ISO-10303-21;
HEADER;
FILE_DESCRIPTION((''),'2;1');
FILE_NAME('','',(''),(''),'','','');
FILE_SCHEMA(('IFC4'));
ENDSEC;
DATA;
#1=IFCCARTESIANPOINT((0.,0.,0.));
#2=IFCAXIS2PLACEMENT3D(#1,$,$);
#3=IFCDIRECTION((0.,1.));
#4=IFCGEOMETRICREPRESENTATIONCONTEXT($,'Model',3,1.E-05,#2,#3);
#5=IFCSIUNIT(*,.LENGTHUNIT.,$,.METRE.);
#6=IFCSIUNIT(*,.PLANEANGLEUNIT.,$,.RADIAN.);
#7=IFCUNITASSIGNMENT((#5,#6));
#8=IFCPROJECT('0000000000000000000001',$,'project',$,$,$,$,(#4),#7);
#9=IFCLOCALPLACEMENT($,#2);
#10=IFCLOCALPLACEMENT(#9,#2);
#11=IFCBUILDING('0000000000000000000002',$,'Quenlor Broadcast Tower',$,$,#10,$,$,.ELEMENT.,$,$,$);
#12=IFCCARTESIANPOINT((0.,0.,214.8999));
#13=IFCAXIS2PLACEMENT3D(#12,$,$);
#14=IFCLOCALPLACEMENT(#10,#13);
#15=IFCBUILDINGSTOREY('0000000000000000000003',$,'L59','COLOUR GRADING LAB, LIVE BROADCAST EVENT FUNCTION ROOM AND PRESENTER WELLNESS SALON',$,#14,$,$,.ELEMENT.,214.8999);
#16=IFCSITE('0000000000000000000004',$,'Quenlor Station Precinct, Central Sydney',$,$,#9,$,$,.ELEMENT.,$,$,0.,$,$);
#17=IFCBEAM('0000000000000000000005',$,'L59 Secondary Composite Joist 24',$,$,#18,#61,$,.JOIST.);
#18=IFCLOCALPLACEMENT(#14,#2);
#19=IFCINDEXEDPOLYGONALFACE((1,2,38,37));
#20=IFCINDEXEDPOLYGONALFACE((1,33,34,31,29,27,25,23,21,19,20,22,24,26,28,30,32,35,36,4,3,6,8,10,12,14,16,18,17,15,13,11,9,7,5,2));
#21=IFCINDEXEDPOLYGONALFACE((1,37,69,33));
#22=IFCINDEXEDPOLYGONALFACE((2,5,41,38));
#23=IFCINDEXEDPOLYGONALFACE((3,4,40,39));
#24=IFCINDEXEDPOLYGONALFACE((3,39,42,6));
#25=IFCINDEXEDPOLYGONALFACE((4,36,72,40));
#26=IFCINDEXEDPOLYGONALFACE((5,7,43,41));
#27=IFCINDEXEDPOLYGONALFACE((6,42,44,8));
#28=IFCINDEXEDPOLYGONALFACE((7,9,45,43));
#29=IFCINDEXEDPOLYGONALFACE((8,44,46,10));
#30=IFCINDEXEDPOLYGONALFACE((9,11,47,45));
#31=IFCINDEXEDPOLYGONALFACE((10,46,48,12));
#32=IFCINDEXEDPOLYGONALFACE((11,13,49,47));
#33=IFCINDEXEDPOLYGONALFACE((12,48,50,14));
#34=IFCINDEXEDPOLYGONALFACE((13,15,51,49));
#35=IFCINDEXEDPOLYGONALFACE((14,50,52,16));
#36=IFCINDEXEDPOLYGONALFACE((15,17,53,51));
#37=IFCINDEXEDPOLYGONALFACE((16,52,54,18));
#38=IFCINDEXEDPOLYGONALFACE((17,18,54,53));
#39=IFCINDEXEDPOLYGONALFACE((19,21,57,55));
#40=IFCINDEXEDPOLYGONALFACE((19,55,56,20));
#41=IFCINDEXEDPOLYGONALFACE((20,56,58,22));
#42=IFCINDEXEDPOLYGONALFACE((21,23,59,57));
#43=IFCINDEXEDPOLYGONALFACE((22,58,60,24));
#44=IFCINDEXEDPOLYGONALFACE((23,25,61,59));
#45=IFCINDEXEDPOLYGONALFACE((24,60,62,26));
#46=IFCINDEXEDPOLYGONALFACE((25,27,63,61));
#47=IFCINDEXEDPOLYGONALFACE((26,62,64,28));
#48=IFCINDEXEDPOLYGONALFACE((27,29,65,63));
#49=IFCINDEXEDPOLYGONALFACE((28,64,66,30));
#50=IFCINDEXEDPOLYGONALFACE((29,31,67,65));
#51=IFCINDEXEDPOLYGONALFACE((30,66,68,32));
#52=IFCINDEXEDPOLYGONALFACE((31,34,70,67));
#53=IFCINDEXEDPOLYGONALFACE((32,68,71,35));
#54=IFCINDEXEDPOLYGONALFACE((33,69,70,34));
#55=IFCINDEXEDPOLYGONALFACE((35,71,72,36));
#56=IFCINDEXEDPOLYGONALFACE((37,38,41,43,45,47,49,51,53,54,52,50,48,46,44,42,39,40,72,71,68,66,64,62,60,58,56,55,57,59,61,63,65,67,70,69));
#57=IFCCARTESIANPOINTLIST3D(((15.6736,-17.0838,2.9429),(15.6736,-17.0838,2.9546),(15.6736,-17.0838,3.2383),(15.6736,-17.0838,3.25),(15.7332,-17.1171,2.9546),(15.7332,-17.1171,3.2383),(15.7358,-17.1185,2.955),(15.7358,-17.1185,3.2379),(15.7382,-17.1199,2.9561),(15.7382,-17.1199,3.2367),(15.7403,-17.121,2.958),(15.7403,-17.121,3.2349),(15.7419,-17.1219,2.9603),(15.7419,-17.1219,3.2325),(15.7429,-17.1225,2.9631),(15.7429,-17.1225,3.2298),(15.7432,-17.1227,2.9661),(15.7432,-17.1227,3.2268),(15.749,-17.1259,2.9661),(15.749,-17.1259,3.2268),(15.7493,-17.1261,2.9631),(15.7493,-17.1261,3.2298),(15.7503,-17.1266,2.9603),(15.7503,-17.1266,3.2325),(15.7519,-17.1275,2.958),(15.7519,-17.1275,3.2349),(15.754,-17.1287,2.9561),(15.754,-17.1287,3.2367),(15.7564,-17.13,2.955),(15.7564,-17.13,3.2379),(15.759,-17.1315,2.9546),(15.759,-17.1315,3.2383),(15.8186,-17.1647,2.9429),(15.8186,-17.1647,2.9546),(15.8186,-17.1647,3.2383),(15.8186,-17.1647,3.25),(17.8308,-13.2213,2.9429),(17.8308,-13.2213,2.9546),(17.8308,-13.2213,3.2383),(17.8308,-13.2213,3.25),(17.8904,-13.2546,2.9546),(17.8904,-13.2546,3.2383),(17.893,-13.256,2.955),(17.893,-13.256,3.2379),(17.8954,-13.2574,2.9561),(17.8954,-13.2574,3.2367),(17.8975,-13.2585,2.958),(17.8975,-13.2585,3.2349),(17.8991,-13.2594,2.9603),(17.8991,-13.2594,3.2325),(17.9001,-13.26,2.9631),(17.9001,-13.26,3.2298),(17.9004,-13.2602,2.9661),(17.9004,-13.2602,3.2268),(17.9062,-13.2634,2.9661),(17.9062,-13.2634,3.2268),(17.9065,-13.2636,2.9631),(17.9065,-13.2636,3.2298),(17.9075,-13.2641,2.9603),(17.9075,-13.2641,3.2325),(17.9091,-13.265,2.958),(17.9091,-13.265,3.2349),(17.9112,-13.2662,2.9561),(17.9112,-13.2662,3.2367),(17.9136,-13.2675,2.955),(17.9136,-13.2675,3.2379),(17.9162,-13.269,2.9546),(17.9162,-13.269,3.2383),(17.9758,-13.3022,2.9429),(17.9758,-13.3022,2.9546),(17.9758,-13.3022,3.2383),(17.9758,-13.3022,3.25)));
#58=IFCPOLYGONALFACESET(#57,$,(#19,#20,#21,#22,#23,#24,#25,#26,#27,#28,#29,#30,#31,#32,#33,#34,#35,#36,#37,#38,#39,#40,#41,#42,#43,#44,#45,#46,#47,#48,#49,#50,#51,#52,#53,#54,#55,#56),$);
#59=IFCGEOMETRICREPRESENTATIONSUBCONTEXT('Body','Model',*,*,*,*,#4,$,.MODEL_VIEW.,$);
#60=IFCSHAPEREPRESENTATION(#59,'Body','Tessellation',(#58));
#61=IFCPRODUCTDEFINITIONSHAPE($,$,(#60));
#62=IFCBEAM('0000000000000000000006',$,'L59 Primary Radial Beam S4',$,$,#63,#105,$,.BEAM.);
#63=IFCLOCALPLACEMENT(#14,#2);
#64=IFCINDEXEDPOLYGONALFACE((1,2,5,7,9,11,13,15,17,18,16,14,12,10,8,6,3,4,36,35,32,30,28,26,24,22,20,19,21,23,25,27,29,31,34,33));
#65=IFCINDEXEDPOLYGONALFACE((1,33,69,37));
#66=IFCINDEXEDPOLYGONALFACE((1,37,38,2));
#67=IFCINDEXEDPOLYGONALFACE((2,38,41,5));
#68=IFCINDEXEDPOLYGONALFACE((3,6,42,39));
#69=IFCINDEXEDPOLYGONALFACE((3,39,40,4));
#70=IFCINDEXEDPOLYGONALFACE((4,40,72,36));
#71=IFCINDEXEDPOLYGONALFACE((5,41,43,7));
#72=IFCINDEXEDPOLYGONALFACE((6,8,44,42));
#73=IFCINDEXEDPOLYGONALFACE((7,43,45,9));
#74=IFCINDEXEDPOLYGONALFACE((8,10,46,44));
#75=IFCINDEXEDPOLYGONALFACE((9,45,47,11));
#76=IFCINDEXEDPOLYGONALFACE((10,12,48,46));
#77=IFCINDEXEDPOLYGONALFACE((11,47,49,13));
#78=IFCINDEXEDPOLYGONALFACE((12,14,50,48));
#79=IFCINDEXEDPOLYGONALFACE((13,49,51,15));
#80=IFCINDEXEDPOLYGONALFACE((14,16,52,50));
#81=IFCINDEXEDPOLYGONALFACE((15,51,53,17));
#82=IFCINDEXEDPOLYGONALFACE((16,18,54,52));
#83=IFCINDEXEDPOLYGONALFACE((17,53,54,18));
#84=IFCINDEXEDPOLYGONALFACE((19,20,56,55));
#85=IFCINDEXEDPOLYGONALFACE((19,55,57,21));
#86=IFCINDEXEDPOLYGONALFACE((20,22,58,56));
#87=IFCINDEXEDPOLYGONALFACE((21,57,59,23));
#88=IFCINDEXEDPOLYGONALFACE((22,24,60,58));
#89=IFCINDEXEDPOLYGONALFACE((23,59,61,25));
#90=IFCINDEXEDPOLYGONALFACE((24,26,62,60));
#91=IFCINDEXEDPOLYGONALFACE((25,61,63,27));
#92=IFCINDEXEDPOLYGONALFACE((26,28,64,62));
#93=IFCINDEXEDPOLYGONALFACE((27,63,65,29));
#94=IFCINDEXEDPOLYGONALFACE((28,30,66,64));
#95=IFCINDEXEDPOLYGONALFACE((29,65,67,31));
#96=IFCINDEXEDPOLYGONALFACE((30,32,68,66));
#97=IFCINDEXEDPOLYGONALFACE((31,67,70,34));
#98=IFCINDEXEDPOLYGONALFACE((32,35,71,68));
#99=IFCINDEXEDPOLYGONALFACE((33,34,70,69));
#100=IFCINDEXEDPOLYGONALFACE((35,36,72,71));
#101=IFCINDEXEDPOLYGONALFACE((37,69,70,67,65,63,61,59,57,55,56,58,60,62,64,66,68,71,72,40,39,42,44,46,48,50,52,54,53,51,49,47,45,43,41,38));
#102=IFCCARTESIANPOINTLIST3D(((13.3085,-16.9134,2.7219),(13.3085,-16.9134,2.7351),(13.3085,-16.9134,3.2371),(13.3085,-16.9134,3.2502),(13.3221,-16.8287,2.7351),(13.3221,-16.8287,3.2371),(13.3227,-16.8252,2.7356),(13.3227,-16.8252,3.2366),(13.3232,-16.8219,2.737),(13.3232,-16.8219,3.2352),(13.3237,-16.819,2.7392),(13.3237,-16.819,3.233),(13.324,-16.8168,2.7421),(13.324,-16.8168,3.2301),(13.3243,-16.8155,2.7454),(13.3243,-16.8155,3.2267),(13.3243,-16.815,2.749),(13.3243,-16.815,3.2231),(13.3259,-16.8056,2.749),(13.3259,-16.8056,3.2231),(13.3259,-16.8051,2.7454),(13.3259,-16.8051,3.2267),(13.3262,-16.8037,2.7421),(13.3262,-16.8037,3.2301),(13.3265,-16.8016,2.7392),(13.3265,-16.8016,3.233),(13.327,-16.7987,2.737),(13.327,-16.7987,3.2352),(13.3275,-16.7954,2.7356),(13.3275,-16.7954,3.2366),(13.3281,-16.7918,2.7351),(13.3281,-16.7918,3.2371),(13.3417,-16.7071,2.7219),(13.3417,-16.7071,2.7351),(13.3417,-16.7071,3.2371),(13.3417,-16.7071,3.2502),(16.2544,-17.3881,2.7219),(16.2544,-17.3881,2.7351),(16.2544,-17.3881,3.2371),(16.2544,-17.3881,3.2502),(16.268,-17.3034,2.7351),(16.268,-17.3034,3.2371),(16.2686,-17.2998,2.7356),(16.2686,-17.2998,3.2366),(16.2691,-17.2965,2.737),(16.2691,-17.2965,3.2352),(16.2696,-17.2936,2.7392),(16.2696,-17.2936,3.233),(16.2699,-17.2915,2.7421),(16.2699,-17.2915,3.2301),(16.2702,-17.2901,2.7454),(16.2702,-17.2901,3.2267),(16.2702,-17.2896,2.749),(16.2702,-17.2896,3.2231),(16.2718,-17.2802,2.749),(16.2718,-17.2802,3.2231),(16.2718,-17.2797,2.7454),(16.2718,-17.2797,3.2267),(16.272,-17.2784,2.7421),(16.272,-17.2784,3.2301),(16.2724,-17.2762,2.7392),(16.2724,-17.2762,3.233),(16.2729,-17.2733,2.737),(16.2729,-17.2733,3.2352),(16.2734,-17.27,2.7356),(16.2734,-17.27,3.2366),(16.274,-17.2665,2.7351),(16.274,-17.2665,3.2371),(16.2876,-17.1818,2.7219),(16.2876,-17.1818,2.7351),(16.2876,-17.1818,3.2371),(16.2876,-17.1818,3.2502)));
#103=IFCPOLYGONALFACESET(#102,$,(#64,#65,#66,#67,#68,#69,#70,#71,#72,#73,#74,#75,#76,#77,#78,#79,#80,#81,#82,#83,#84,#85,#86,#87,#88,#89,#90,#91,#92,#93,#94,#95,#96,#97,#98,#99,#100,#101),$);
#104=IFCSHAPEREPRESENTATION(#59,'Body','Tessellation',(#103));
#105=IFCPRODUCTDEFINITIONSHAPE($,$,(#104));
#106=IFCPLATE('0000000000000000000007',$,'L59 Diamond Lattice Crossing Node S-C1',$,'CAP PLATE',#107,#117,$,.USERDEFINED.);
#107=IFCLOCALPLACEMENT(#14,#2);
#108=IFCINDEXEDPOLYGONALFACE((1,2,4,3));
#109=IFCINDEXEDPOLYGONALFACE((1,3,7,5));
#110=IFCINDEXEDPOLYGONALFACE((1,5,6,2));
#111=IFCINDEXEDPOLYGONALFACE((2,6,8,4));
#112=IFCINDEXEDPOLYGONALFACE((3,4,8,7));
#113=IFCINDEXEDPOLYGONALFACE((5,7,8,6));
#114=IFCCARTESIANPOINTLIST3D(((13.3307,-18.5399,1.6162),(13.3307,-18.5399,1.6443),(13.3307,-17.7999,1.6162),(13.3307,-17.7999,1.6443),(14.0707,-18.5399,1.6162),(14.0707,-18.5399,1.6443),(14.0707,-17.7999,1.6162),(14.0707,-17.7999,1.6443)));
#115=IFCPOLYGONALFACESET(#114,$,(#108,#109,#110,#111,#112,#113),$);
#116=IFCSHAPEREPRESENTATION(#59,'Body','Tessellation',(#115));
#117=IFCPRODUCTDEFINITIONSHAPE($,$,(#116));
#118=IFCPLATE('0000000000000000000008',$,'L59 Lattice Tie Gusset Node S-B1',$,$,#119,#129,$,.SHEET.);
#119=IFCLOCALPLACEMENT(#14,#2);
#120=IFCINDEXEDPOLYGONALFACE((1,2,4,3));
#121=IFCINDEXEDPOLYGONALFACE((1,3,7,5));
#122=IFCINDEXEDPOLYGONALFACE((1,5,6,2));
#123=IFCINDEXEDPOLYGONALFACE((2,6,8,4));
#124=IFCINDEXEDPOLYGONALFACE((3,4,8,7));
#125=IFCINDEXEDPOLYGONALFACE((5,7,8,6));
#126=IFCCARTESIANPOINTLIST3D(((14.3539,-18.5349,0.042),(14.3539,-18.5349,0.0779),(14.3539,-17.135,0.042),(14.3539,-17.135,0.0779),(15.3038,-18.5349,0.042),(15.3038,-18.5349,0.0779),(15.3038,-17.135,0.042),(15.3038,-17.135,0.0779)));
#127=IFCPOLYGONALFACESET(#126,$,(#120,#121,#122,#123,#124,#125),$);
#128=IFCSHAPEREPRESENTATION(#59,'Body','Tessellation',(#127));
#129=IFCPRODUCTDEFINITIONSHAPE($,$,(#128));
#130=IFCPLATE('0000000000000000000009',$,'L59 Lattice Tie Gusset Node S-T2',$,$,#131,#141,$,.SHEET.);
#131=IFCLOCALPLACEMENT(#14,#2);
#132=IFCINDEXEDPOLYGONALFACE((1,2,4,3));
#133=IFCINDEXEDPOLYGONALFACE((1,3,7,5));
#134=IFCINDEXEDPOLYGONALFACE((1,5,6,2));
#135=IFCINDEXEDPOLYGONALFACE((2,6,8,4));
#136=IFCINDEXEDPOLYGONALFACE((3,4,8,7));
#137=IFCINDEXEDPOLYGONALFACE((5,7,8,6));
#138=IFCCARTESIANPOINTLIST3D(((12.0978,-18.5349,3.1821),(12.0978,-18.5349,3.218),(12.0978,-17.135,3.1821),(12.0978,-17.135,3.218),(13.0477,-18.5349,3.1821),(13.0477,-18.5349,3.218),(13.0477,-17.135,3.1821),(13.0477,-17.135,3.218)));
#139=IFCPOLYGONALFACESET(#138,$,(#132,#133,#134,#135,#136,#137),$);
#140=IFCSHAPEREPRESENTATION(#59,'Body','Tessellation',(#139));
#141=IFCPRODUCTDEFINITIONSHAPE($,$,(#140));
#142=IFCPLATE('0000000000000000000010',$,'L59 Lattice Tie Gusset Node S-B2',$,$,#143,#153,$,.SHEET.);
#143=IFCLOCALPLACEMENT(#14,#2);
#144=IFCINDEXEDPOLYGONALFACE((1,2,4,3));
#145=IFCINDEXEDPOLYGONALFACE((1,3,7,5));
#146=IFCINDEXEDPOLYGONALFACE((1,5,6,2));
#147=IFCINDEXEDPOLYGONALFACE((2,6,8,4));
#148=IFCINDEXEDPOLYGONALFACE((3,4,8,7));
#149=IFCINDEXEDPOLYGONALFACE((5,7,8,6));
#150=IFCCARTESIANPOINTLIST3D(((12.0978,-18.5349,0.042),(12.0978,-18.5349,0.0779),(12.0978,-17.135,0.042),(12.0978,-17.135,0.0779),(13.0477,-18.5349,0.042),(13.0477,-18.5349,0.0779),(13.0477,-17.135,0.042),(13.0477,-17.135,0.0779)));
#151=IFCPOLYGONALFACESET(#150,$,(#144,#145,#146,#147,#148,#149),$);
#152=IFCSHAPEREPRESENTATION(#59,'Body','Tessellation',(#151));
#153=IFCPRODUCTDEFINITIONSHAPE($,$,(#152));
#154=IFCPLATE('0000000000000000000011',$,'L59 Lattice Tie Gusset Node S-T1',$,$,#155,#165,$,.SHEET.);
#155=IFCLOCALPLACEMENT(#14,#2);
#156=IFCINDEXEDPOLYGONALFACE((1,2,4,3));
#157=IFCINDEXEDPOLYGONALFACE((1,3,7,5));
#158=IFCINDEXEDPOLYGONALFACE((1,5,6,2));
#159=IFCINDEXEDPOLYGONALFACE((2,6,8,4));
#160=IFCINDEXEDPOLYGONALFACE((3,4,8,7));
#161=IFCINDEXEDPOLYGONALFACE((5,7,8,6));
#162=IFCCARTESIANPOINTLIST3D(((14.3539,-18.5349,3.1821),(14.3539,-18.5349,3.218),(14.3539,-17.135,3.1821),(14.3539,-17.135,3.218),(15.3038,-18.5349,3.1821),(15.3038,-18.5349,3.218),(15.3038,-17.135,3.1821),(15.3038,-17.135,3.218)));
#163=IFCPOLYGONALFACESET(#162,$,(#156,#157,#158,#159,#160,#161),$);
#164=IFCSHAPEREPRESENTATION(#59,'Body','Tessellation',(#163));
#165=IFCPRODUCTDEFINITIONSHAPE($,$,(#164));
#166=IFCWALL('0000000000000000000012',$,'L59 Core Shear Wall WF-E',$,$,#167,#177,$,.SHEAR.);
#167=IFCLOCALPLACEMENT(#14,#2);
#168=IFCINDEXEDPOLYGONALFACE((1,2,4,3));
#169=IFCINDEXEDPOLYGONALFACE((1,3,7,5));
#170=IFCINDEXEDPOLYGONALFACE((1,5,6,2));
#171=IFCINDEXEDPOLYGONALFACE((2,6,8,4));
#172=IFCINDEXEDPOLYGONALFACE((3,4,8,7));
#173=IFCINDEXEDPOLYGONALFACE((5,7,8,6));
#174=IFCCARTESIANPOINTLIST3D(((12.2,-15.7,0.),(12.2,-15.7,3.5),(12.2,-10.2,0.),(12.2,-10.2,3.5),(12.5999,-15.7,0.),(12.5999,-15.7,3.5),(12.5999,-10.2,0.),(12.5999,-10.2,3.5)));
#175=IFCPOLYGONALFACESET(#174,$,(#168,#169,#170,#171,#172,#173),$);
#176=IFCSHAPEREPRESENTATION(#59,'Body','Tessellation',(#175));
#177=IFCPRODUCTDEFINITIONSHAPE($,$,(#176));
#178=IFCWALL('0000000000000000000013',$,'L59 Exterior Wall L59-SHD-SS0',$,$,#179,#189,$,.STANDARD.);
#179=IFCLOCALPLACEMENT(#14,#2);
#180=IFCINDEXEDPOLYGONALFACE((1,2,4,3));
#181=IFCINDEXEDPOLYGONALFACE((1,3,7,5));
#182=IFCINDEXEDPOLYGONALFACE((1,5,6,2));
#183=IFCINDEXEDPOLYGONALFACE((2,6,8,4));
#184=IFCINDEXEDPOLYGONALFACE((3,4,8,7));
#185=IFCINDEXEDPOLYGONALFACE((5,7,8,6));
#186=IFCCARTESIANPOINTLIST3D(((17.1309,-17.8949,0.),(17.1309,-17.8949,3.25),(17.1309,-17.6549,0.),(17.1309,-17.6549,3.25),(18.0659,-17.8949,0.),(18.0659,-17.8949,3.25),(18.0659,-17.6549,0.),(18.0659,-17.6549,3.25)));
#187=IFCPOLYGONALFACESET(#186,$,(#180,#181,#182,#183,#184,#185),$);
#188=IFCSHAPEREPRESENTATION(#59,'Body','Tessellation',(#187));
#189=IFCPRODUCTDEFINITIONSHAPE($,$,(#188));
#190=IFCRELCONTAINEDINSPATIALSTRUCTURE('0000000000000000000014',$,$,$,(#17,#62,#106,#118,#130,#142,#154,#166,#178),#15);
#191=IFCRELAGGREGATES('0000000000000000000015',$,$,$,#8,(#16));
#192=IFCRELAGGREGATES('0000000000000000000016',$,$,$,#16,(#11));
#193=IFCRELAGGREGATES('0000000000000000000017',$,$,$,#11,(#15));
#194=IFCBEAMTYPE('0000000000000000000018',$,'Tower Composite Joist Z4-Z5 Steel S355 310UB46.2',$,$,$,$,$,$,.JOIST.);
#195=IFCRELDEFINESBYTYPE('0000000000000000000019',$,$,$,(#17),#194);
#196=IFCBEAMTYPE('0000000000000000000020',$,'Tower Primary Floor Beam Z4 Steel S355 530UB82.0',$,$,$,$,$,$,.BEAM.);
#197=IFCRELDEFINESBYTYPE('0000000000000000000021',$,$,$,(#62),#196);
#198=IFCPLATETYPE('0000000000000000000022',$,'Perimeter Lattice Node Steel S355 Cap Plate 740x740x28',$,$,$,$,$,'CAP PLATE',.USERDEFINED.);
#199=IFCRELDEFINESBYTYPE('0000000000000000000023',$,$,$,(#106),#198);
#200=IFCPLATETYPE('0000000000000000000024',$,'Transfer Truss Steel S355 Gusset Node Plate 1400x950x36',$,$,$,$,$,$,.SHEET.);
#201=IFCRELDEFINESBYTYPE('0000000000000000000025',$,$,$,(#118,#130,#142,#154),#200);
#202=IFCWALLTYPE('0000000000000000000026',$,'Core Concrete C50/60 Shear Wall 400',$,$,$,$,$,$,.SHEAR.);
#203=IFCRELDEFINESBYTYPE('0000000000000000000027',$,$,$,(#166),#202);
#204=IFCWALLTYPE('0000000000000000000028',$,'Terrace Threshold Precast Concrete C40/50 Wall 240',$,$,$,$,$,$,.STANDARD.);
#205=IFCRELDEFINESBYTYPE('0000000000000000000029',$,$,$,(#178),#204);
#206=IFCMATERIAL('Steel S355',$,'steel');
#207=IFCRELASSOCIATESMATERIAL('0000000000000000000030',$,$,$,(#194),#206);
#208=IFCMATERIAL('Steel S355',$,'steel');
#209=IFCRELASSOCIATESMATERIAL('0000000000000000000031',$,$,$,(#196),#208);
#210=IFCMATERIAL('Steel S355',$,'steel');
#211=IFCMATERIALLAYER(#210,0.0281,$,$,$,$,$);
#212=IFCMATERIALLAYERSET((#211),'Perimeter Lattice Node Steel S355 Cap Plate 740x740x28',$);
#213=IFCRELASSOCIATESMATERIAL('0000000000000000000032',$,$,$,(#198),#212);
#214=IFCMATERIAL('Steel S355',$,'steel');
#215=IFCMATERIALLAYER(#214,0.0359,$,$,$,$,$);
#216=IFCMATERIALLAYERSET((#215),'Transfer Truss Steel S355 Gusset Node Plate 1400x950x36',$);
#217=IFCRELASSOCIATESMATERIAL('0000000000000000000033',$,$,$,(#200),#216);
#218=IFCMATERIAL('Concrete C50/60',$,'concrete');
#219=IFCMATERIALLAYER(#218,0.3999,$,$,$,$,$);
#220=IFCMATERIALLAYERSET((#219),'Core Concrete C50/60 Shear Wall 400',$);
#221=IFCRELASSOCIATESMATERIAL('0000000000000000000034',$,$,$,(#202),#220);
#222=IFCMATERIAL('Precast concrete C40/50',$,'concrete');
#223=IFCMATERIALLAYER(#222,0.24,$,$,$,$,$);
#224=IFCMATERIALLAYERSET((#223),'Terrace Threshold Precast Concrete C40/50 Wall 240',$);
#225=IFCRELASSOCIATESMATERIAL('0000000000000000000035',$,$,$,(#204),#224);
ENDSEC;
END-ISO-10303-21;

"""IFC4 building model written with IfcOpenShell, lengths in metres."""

from ifc_helpers import new_model, si_unit, direction, frame, frame_2d, origin, origin_2d, place, context, subcontext, project, spatial, rectangle, i_section, extrude, material, layer, layer_set, material_profile, profile_set, type_object, element, save


model = new_model("IFC4")

# Units and contexts
model_context = context("Model", 3, precision=1e-05, world=origin(), true_north=direction((0.0, 1.0)))
body_context = subcontext(model_context, "Body", "Model", "MODEL_VIEW")
ifc_project = project(units=[si_unit("LENGTHUNIT", "METRE"), si_unit("PLANEANGLEUNIT", "RADIAN")], contexts=[model_context])

# Site, building, storey
site_placement = place(None, origin())
site = spatial("IfcSite", under=ifc_project, at=site_placement, Name="Quenlor Station Precinct, Central Sydney", CompositionType="ELEMENT", RefElevation=0.0)
building_placement = place(site_placement, origin())
building = spatial("IfcBuilding", under=site, at=building_placement, Name="Quenlor Broadcast Tower", CompositionType="ELEMENT")
storey_placement = place(building_placement, frame((0.0, 0.0, 214.8999)))
storey = spatial("IfcBuildingStorey", under=building, at=storey_placement, Name="L59", Description="COLOUR GRADING LAB, LIVE BROADCAST EVENT FUNCTION ROOM AND PRESENTER WELLNESS SALON", CompositionType="ELEMENT", Elevation=214.8999)

# Beams
ifc_material_1 = material(Name="Steel S355", Category="steel")
ifc_material_profile_1 = material_profile(ifc_material_1, i_section(OverallWidth=0.166, OverallDepth=0.3071, WebThickness=0.0066, FlangeThickness=0.0117, FilletRadius=0.0115, at=origin_2d()))
ifc_profile_set_1 = profile_set([ifc_material_profile_1], Name="Steel S355 310UB46.2")
beam_type_1 = type_object("IfcBeamType", Name="Tower Composite Joist Z4-Z5 Steel S355 310UB46.2", PredefinedType="JOIST", material=ifc_profile_set_1)
beam_1_placement = place(storey_placement, frame((15.7461, -17.1243, 3.0964), z_axis=(0.487605, 0.873064, 0.0), x_axis=(-0.873064, 0.487605, 0.0)))
element("IfcBeam", 1, at=beam_1_placement, inside=storey, type_object=beam_type_1, Name="L59 Secondary Composite Joist 24", PredefinedType="JOIST", context=body_context, shape_type="SweptSolid", body=[
    extrude(i_section(OverallWidth=0.166, OverallDepth=0.3071, WebThickness=0.0066, FlangeThickness=0.0117, FilletRadius=0.0115, at=origin_2d()), origin(), (0.0, 0.0, 1.0), 4.4241),
])
ifc_material_2 = material(Name="Steel S355", Category="steel")
ifc_material_profile_2 = material_profile(ifc_material_2, i_section(OverallWidth=0.209, OverallDepth=0.5283, WebThickness=0.0095, FlangeThickness=0.0132, FilletRadius=0.0139, at=origin_2d()))
ifc_profile_set_2 = profile_set([ifc_material_profile_2], Name="Steel S355 530UB82.0")
beam_type_2 = type_object("IfcBeamType", Name="Tower Primary Floor Beam Z4 Steel S355 530UB82.0", PredefinedType="BEAM", material=ifc_profile_set_2)
beam_2_placement = place(storey_placement, frame((16.271, -17.2849, 2.9861), z_axis=(-0.987268, 0.159063, 0.0), x_axis=(-0.159063, -0.987268, 0.0)))
element("IfcBeam", 2, at=beam_2_placement, inside=storey, type_object=beam_type_2, Name="L59 Primary Radial Beam S4", PredefinedType="BEAM", context=body_context, shape_type="SweptSolid", body=[
    extrude(i_section(OverallWidth=0.209, OverallDepth=0.5283, WebThickness=0.0095, FlangeThickness=0.0132, FilletRadius=0.0139, at=origin_2d()), origin(), (0.0, 0.0, 1.0), 2.9839),
])

# Plates
ifc_material_3 = material(Name="Steel S355", Category="steel")
ifc_layer_1 = layer(ifc_material_3, 0.0281)
ifc_layer_set_1 = layer_set([ifc_layer_1], Name="Perimeter Lattice Node Steel S355 Cap Plate 740x740x28")
plate_type_1 = type_object("IfcPlateType", Name="Perimeter Lattice Node Steel S355 Cap Plate 740x740x28", ElementType="CAP PLATE", PredefinedType="USERDEFINED", material=ifc_layer_set_1)
plate_placement = place(storey_placement, frame((13.7007, -18.1699, 1.6162), z_axis=(0.0, 0.0, 1.0), x_axis=(-1.0, 0.0, 0.0)))
element("IfcPlate", 3, at=plate_placement, inside=storey, type_object=plate_type_1, Name="L59 Diamond Lattice Crossing Node S-C1", ObjectType="CAP PLATE", PredefinedType="USERDEFINED", context=body_context, shape_type="SweptSolid", body=[
    extrude(rectangle(XDim=0.74, YDim=0.74, at=origin_2d()), origin(), (0.0, 0.0, 1.0), 0.0281),
])
ifc_material_4 = material(Name="Steel S355", Category="steel")
ifc_layer_2 = layer(ifc_material_4, 0.0359)
ifc_layer_set_2 = layer_set([ifc_layer_2], Name="Transfer Truss Steel S355 Gusset Node Plate 1400x950x36")
plate_type_2 = type_object("IfcPlateType", Name="Transfer Truss Steel S355 Gusset Node Plate 1400x950x36", PredefinedType="SHEET", material=ifc_layer_set_2)
for number, where, z_axis, x_axis, name in (
    (4, (14.8289, -17.835, 0.042), (0.0, 0.0, 1.0), (0.0, -1.0, 0.0), "L59 Lattice Tie Gusset Node S-B1"),
    (5, (12.5728, -17.835, 3.1821), (0.0, 0.0, 1.0), (0.0, -1.0, 0.0), "L59 Lattice Tie Gusset Node S-T2"),
    (6, (12.5728, -17.835, 0.042), (0.0, 0.0, 1.0), (0.0, -1.0, 0.0), "L59 Lattice Tie Gusset Node S-B2"),
    (7, (14.8289, -17.835, 3.1821), (0.0, 0.0, 1.0), (0.0, -1.0, 0.0), "L59 Lattice Tie Gusset Node S-T1"),
):
    element("IfcPlate", number, at=place(storey_placement, frame(where, z_axis=z_axis, x_axis=x_axis)), inside=storey, type_object=plate_type_2, Name=name, PredefinedType="SHEET", context=body_context, shape_type="SweptSolid", body=[
        extrude(rectangle(XDim=1.3999, YDim=0.95, at=origin_2d()), origin(), (0.0, 0.0, 1.0), 0.0359),
    ])

# Walls
ifc_material_5 = material(Name="Concrete C50/60", Category="concrete")
ifc_layer_3 = layer(ifc_material_5, 0.3999)
ifc_layer_set_3 = layer_set([ifc_layer_3], Name="Core Concrete C50/60 Shear Wall 400")
wall_type_1 = type_object("IfcWallType", Name="Core Concrete C50/60 Shear Wall 400", PredefinedType="SHEAR", material=ifc_layer_set_3)
wall_1_placement = place(storey_placement, frame((12.3999, -15.7, 0.0), z_axis=(0.0, 0.0, 1.0), x_axis=(0.0, 1.0, 0.0)))
element("IfcWall", 8, at=wall_1_placement, inside=storey, type_object=wall_type_1, Name="L59 Core Shear Wall WF-E", PredefinedType="SHEAR", context=body_context, shape_type="SweptSolid", body=[
    extrude(rectangle(XDim=5.5, YDim=0.3999, at=frame_2d((2.75, 0.0))), origin(), (0.0, 0.0, 1.0), 3.5),
])
ifc_material_6 = material(Name="Precast concrete C40/50", Category="concrete")
ifc_layer_4 = layer(ifc_material_6, 0.24)
ifc_layer_set_4 = layer_set([ifc_layer_4], Name="Terrace Threshold Precast Concrete C40/50 Wall 240")
wall_type_2 = type_object("IfcWallType", Name="Terrace Threshold Precast Concrete C40/50 Wall 240", PredefinedType="STANDARD", material=ifc_layer_set_4)
wall_2_placement = place(storey_placement, frame((18.0659, -17.7749, 0.0), z_axis=(0.0, 0.0, 1.0), x_axis=(-1.0, 0.0, 0.0)))
element("IfcWall", 9, at=wall_2_placement, inside=storey, type_object=wall_type_2, Name="L59 Exterior Wall L59-SHD-SS0", PredefinedType="STANDARD", context=body_context, shape_type="SweptSolid", body=[
    extrude(rectangle(XDim=0.9351, YDim=0.24, at=frame_2d((0.4675, 0.0))), origin(), (0.0, 0.0, 1.0), 3.25),
])

save(model, "model.ifc")
